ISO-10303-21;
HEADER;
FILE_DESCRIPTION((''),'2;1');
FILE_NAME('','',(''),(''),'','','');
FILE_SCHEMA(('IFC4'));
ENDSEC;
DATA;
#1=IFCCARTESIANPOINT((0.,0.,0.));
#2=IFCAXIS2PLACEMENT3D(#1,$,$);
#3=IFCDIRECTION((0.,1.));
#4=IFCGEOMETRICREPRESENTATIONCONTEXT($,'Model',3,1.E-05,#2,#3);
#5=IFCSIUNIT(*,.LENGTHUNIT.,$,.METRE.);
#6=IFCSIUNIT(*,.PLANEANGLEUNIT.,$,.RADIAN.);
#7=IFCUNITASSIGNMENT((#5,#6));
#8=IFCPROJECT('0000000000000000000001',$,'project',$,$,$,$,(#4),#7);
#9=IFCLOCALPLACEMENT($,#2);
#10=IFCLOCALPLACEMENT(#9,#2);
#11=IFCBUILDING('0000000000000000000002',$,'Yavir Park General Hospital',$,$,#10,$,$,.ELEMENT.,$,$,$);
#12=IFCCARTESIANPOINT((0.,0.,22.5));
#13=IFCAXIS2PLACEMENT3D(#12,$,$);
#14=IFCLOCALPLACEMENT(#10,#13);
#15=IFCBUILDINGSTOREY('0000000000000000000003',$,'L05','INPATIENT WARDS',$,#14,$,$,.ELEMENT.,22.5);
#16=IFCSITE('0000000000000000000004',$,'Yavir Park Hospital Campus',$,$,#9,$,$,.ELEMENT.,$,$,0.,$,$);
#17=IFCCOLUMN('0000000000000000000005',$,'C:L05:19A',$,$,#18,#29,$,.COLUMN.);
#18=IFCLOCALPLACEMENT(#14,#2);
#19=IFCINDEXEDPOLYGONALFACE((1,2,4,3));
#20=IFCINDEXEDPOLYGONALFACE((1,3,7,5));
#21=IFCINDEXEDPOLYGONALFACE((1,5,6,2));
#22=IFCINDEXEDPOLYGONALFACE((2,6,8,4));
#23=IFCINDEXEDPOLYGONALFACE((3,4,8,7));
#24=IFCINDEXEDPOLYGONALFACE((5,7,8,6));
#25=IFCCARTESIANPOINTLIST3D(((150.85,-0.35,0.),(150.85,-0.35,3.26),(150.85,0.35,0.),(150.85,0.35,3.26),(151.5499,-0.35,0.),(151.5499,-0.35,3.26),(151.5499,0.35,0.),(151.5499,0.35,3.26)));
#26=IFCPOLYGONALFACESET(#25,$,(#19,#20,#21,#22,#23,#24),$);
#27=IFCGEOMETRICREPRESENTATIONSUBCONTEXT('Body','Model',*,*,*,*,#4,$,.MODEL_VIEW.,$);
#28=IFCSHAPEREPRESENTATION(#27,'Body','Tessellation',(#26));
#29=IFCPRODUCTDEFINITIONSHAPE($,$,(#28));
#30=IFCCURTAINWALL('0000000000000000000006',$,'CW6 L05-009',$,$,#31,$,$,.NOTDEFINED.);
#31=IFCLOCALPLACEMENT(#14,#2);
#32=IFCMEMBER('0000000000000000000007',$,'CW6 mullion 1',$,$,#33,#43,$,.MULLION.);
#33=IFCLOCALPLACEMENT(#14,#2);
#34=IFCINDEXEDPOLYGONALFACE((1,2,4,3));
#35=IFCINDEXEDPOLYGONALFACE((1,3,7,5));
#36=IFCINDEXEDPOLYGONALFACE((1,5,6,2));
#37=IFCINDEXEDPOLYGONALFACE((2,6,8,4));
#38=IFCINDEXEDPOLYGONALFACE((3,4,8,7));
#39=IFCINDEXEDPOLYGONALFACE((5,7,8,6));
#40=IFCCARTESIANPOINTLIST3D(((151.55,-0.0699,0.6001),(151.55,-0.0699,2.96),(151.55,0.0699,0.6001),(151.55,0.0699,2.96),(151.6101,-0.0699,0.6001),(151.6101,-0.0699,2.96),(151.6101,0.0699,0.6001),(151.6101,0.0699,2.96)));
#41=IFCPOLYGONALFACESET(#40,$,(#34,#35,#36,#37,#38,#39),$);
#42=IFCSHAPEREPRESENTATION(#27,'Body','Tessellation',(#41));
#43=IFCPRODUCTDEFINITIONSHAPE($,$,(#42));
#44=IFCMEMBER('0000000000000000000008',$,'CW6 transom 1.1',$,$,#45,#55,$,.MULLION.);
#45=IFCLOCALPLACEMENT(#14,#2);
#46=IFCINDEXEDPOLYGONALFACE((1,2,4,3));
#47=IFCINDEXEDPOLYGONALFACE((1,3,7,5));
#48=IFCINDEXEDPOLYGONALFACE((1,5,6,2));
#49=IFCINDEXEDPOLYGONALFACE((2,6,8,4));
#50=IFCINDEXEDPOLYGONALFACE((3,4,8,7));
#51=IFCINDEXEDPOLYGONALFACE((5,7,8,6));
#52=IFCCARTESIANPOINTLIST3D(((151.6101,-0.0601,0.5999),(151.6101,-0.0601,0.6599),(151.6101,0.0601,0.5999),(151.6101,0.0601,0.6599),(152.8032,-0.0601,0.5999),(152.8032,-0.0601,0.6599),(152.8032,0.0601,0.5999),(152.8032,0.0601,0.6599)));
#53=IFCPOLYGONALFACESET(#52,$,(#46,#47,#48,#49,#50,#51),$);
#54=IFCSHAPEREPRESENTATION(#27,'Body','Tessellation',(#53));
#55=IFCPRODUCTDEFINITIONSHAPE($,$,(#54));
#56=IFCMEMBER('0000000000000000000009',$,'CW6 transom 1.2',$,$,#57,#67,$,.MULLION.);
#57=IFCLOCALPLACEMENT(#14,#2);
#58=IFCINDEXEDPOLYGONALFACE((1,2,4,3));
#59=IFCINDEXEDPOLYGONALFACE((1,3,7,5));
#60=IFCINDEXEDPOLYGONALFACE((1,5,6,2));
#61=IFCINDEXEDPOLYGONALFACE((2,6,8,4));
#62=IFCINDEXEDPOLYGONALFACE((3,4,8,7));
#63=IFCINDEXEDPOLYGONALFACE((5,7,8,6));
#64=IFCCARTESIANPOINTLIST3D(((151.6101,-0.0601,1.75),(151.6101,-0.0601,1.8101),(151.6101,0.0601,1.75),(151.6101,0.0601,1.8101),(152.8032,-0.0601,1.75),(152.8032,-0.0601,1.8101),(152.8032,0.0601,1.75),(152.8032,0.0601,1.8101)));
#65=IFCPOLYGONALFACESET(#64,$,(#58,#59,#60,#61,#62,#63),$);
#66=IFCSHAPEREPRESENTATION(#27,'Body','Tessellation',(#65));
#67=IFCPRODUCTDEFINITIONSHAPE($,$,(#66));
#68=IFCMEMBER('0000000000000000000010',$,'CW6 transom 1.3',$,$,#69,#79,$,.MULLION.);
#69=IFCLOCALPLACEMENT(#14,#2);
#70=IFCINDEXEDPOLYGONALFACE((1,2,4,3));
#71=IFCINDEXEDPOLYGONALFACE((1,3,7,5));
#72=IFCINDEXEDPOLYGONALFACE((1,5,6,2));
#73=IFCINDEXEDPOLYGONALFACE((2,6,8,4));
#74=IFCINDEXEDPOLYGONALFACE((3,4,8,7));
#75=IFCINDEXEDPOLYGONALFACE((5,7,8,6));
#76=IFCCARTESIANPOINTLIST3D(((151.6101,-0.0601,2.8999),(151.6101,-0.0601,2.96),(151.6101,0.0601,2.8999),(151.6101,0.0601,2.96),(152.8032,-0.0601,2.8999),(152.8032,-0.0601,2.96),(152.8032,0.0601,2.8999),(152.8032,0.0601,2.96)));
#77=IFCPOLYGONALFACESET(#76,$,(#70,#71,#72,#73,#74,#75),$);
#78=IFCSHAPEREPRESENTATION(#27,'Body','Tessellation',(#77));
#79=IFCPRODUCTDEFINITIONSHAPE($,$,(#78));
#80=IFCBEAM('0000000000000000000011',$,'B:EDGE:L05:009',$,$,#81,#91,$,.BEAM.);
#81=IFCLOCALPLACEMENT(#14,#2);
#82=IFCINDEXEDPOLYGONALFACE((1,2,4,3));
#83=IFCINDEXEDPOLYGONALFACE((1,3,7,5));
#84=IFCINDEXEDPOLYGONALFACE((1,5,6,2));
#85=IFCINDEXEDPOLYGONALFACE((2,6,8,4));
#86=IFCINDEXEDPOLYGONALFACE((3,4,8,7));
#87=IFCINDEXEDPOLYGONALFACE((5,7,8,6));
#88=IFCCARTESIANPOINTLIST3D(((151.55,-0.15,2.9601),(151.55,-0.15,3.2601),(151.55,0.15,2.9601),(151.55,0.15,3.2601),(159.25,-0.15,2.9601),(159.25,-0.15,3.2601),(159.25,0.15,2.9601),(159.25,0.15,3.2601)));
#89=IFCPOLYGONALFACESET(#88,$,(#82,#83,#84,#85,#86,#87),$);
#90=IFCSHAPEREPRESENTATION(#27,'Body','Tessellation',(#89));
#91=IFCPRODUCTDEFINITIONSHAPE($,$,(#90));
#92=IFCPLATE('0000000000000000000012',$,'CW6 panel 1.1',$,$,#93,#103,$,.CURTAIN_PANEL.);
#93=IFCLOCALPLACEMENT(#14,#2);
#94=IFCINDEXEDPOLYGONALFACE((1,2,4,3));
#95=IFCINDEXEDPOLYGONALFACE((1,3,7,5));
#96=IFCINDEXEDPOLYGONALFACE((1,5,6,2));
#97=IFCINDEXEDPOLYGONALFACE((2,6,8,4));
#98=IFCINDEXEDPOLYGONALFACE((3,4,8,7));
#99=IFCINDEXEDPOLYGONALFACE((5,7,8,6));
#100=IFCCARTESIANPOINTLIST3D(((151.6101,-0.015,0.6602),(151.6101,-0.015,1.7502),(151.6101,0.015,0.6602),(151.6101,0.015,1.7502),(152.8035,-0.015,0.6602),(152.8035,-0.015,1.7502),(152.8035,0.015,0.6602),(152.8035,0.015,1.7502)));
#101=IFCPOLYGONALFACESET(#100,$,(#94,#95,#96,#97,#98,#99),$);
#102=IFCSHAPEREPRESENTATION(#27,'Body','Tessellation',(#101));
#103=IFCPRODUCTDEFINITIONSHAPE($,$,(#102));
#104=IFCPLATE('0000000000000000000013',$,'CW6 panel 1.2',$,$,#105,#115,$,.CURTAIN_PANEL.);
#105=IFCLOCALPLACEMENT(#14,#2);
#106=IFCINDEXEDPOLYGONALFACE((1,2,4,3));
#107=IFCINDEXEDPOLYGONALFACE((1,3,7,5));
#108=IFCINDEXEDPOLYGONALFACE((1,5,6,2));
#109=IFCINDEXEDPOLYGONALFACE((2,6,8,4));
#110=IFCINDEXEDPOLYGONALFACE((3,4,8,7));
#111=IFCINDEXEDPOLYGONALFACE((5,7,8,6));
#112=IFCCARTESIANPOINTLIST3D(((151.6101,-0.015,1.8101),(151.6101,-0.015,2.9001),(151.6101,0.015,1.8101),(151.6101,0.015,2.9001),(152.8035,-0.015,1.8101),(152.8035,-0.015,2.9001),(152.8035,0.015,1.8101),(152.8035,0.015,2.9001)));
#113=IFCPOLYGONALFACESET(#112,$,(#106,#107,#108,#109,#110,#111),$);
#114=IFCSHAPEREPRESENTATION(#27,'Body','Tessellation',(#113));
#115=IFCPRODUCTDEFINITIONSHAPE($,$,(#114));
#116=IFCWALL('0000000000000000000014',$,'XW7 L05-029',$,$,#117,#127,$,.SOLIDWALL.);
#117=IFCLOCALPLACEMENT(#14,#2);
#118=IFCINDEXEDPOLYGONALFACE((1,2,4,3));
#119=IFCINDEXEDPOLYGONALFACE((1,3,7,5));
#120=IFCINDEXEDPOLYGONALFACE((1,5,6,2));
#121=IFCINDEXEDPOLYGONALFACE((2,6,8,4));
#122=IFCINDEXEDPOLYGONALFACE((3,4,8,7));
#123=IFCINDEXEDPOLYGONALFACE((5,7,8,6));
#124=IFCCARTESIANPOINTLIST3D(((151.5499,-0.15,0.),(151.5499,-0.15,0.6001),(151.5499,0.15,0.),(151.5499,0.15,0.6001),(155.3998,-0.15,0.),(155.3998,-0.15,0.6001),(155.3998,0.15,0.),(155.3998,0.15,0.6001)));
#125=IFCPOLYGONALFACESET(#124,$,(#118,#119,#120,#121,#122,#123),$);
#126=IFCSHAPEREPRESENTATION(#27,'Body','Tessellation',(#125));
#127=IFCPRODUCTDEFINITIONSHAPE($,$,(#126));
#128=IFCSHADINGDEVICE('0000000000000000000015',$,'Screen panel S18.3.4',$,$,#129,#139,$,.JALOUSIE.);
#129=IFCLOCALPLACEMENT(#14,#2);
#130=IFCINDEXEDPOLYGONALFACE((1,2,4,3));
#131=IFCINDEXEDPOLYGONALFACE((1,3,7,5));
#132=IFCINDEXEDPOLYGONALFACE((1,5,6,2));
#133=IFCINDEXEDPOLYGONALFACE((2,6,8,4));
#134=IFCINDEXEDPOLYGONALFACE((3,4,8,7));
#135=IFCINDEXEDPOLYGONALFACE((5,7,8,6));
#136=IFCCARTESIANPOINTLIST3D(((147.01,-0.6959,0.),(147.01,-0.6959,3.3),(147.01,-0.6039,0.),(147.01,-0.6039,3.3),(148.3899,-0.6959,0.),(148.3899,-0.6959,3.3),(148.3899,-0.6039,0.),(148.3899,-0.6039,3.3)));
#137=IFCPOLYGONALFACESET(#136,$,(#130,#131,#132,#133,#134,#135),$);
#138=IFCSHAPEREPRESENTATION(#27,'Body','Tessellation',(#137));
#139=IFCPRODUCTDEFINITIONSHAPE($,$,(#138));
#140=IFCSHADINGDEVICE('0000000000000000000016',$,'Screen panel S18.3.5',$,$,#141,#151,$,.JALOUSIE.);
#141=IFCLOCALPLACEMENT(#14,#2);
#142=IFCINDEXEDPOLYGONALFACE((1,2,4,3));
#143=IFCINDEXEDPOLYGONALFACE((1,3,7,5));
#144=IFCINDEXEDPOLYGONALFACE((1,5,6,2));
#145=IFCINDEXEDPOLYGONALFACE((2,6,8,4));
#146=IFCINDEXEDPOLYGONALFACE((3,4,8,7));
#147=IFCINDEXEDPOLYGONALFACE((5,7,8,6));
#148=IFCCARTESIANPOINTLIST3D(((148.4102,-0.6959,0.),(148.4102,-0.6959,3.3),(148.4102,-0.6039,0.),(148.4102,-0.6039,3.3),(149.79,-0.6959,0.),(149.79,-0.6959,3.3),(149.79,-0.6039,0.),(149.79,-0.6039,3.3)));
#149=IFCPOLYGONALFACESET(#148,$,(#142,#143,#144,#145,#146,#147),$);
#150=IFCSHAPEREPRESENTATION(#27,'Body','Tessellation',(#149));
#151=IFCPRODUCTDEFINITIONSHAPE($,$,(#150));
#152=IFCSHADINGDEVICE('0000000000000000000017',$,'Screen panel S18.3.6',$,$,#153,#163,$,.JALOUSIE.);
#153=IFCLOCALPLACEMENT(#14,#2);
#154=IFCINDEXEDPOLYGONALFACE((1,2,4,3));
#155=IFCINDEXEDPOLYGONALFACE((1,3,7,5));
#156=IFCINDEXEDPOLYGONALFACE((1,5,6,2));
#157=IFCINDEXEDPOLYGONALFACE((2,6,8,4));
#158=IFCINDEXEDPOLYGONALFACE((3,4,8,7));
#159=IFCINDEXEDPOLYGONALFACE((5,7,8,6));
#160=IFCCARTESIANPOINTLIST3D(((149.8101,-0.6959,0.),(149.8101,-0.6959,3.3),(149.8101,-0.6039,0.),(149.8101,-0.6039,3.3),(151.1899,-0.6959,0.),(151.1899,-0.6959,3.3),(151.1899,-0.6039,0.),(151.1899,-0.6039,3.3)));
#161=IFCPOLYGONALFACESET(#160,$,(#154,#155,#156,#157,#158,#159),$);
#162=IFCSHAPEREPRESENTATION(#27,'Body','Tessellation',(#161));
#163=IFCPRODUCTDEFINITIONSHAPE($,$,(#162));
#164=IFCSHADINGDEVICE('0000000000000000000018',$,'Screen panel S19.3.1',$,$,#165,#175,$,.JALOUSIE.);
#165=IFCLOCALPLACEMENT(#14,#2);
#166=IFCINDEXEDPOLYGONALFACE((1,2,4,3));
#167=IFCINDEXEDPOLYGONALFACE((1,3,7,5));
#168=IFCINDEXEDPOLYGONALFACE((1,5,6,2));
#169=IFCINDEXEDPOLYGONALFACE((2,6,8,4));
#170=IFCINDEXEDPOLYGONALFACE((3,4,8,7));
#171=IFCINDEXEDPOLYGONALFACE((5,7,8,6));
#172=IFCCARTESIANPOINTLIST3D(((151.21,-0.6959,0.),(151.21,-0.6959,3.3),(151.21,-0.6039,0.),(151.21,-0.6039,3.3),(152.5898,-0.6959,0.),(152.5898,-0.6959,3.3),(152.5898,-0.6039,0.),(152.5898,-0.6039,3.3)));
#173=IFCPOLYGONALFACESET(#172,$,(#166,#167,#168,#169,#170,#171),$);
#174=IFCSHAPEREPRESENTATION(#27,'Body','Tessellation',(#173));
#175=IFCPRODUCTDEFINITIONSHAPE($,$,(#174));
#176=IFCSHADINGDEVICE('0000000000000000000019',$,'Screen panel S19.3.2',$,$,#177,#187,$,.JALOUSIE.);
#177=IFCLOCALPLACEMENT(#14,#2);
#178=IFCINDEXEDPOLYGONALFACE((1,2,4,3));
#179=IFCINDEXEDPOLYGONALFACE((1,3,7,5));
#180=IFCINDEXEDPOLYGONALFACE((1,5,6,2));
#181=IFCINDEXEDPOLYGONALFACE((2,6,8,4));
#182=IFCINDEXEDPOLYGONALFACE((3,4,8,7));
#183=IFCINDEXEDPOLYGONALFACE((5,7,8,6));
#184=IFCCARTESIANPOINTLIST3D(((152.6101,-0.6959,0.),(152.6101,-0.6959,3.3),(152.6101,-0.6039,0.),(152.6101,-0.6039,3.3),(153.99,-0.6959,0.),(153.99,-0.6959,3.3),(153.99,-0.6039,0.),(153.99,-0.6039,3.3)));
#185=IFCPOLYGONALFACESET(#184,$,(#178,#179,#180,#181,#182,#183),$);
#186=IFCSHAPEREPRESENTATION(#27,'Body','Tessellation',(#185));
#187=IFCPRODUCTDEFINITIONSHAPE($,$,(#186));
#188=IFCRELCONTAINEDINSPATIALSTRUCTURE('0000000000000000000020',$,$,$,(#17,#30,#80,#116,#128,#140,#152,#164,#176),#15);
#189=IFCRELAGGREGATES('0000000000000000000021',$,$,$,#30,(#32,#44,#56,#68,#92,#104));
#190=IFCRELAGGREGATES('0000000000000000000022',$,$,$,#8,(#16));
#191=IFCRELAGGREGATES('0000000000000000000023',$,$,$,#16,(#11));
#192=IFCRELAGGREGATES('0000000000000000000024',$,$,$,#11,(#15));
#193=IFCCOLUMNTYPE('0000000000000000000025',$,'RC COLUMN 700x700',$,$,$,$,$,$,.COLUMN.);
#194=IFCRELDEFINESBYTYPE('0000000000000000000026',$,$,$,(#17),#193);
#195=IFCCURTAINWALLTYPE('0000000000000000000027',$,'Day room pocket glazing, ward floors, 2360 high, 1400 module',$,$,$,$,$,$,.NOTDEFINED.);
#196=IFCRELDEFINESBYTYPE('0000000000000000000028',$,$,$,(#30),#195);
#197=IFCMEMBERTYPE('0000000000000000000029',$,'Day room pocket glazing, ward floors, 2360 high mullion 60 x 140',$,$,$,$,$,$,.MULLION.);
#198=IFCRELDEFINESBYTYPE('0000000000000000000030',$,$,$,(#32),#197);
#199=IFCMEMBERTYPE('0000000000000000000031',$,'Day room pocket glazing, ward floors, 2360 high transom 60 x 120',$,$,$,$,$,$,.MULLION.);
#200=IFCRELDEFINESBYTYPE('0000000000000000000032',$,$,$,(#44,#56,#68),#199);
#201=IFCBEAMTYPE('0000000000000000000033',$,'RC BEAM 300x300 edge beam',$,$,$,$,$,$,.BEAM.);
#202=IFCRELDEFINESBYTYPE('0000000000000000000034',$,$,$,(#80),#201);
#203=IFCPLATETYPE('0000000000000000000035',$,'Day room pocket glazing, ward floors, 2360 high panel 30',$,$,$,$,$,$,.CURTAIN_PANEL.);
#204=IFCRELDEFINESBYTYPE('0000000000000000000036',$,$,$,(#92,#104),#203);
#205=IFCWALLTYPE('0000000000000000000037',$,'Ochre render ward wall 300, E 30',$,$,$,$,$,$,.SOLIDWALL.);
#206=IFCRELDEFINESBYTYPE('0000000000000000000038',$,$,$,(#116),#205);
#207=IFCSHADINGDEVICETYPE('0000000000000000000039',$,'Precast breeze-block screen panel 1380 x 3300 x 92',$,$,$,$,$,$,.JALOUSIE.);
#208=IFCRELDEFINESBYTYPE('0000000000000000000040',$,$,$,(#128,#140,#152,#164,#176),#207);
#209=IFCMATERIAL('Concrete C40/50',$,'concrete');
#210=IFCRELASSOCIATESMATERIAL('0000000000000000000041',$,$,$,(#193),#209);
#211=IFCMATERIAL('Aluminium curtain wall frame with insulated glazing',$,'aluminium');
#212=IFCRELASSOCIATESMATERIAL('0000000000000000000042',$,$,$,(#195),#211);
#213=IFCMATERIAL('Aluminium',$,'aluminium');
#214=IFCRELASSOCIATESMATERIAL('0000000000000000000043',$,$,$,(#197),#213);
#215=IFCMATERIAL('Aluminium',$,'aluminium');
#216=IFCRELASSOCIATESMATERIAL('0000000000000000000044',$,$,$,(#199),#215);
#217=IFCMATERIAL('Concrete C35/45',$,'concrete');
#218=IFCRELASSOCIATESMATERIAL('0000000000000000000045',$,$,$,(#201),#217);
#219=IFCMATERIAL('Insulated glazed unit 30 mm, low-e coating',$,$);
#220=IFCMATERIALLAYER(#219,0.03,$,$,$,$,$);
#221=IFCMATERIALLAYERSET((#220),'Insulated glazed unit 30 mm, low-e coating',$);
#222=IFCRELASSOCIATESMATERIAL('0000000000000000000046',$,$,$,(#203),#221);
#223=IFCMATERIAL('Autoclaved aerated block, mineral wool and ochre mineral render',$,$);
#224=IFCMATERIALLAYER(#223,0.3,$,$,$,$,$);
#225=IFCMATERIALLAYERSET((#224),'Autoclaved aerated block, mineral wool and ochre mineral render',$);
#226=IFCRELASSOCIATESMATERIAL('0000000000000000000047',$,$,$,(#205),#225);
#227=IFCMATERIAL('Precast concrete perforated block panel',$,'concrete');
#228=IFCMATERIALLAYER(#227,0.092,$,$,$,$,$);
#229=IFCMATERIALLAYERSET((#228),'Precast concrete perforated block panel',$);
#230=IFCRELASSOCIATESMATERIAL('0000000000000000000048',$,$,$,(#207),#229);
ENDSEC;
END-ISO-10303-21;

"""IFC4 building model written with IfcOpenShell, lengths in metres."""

from ifc_helpers import new_model, si_unit, direction, frame, frame_2d, origin, origin_2d, place, context, subcontext, project, spatial, rectangle, extrude, material, layer, layer_set, material_profile, profile_set, type_object, element, aggregate, save


model = new_model("IFC4")

# Units and contexts
model_context = context("Model", 3, precision=1e-05, world=origin(), true_north=direction((0.0, 1.0)))
body_context = subcontext(model_context, "Body", "Model", "MODEL_VIEW")
ifc_project = project(units=[si_unit("LENGTHUNIT", "METRE"), si_unit("PLANEANGLEUNIT", "RADIAN")], contexts=[model_context])

# Site, building, storey
site_placement = place(None, origin())
site = spatial("IfcSite", under=ifc_project, at=site_placement, Name="Yavir Park Hospital Campus", CompositionType="ELEMENT", RefElevation=0.0)
building_placement = place(site_placement, origin())
building = spatial("IfcBuilding", under=site, at=building_placement, Name="Yavir Park General Hospital", CompositionType="ELEMENT")
storey_placement = place(building_placement, frame((0.0, 0.0, 22.5)))
storey = spatial("IfcBuildingStorey", under=building, at=storey_placement, Name="L05", Description="INPATIENT WARDS", CompositionType="ELEMENT", Elevation=22.5)

# Column
ifc_material_1 = material(Name="Concrete C40/50", Category="concrete")
ifc_material_profile_1 = material_profile(ifc_material_1, rectangle(XDim=0.7, YDim=0.7, at=origin_2d()), Name="RC700x700")
ifc_profile_set_1 = profile_set([ifc_material_profile_1], Name="Concrete C40/50")
column_type = type_object("IfcColumnType", Name="RC COLUMN 700x700", PredefinedType="COLUMN", material=ifc_profile_set_1)
column_placement = place(storey_placement, frame((151.2, 0.0, 0.0), z_axis=(0.0, 0.0, 1.0), x_axis=(1.0, 0.0, 0.0)))
element("IfcColumn", 1, at=column_placement, inside=storey, type_object=column_type, Name="C:L05:19A", PredefinedType="COLUMN", context=body_context, shape_type="SweptSolid", body=[
    extrude(rectangle(XDim=0.7, YDim=0.7, at=origin_2d()), origin(), (0.0, 0.0, 1.0), 3.26),
])

# Curtain wall, members
ifc_material_2 = material(Name="Aluminium curtain wall frame with insulated glazing", Category="aluminium")
curtain_wall_type = type_object("IfcCurtainWallType", Name="Day room pocket glazing, ward floors, 2360 high, 1400 module", PredefinedType="NOTDEFINED", material=ifc_material_2)
curtain_wall_placement = place(storey_placement, origin())
curtain_wall = element("IfcCurtainWall", 2, at=curtain_wall_placement, inside=storey, type_object=curtain_wall_type, Name="CW6 L05-009", PredefinedType="NOTDEFINED")
ifc_material_3 = material(Name="Aluminium", Category="aluminium")
ifc_material_profile_2 = material_profile(ifc_material_3, rectangle(XDim=0.1399, YDim=0.0601, at=origin_2d()), Name="AL 60x140")
ifc_profile_set_2 = profile_set([ifc_material_profile_2], Name="Aluminium")
member_type_1 = type_object("IfcMemberType", Name="Day room pocket glazing, ward floors, 2360 high mullion 60 x 140", PredefinedType="MULLION", material=ifc_profile_set_2)
member_1_placement = place(storey_placement, frame((151.5801, 0.0, 0.6001), z_axis=(0.0, 0.0, 1.0), x_axis=(0.0, 1.0, 0.0)))
member_1 = element("IfcMember", 3, at=member_1_placement, type_object=member_type_1, Name="CW6 mullion 1", PredefinedType="MULLION", context=body_context, shape_type="SweptSolid", body=[
    extrude(rectangle(XDim=0.1399, YDim=0.0601, at=origin_2d()), origin(), (0.0, 0.0, 1.0), 2.3599),
])
ifc_material_4 = material(Name="Aluminium", Category="aluminium")
ifc_material_profile_3 = material_profile(ifc_material_4, rectangle(XDim=0.1201, YDim=0.0601, at=origin_2d()), Name="AL 120x60")
ifc_profile_set_3 = profile_set([ifc_material_profile_3], Name="Aluminium")
member_type_2 = type_object("IfcMemberType", Name="Day room pocket glazing, ward floors, 2360 high transom 60 x 120", PredefinedType="MULLION", material=ifc_profile_set_3)
member_2_placement = place(storey_placement, frame((151.6101, 0.0, 0.6299), z_axis=(1.0, 0.0, 0.0), x_axis=(0.0, 1.0, 0.0)))
member_2 = element("IfcMember", 4, at=member_2_placement, type_object=member_type_2, Name="CW6 transom 1.1", PredefinedType="MULLION", context=body_context, shape_type="SweptSolid", body=[
    extrude(rectangle(XDim=0.1201, YDim=0.0601, at=origin_2d()), origin(), (0.0, 0.0, 1.0), 1.1931),
])
member_3_placement = place(storey_placement, frame((151.6101, 0.0, 1.78), z_axis=(1.0, 0.0, 0.0), x_axis=(0.0, 1.0, 0.0)))
member_3 = element("IfcMember", 5, at=member_3_placement, type_object=member_type_2, Name="CW6 transom 1.2", PredefinedType="MULLION", context=body_context, shape_type="SweptSolid", body=[
    extrude(rectangle(XDim=0.1201, YDim=0.0601, at=origin_2d()), origin(), (0.0, 0.0, 1.0), 1.1931),
])
member_4_placement = place(storey_placement, frame((151.6101, 0.0, 2.9299), z_axis=(1.0, 0.0, 0.0), x_axis=(0.0, 1.0, 0.0)))
member_4 = element("IfcMember", 6, at=member_4_placement, type_object=member_type_2, Name="CW6 transom 1.3", PredefinedType="MULLION", context=body_context, shape_type="SweptSolid", body=[
    extrude(rectangle(XDim=0.1201, YDim=0.0601, at=origin_2d()), origin(), (0.0, 0.0, 1.0), 1.1931),
])

# Beam
ifc_material_5 = material(Name="Concrete C35/45", Category="concrete")
ifc_material_profile_4 = material_profile(ifc_material_5, rectangle(XDim=0.3, YDim=0.3, at=origin_2d()), Name="RC300x300")
ifc_profile_set_4 = profile_set([ifc_material_profile_4], Name="Concrete C35/45")
beam_type = type_object("IfcBeamType", Name="RC BEAM 300x300 edge beam", PredefinedType="BEAM", material=ifc_profile_set_4)
beam_placement = place(storey_placement, frame((151.55, 0.0, 3.1101), z_axis=(1.0, 0.0, 0.0), x_axis=(0.0, 1.0, 0.0)))
element("IfcBeam", 7, at=beam_placement, inside=storey, type_object=beam_type, Name="B:EDGE:L05:009", PredefinedType="BEAM", context=body_context, shape_type="SweptSolid", body=[
    extrude(rectangle(XDim=0.3, YDim=0.3, at=origin_2d()), origin(), (0.0, 0.0, 1.0), 7.7),
])

# Plates
ifc_material_6 = material(Name="Insulated glazed unit 30 mm, low-e coating")
ifc_layer_1 = layer(ifc_material_6, 0.03)
ifc_layer_set_1 = layer_set([ifc_layer_1], Name="Insulated glazed unit 30 mm, low-e coating")
plate_type = type_object("IfcPlateType", Name="Day room pocket glazing, ward floors, 2360 high panel 30", PredefinedType="CURTAIN_PANEL", material=ifc_layer_set_1)
plate_1_placement = place(storey_placement, frame((152.2068, 0.0, 0.6602), z_axis=(0.0, 0.0, 1.0), x_axis=(1.0, 0.0, 0.0)))
plate_1 = element("IfcPlate", 8, at=plate_1_placement, type_object=plate_type, Name="CW6 panel 1.1", PredefinedType="CURTAIN_PANEL", context=body_context, shape_type="SweptSolid", body=[
    extrude(rectangle(XDim=1.1934, YDim=0.03, at=origin_2d()), origin(), (0.0, 0.0, 1.0), 1.0901),
])
plate_2_placement = place(storey_placement, frame((152.2068, 0.0, 1.8101), z_axis=(0.0, 0.0, 1.0), x_axis=(1.0, 0.0, 0.0)))
plate_2 = element("IfcPlate", 9, at=plate_2_placement, type_object=plate_type, Name="CW6 panel 1.2", PredefinedType="CURTAIN_PANEL", context=body_context, shape_type="SweptSolid", body=[
    extrude(rectangle(XDim=1.1934, YDim=0.03, at=origin_2d()), origin(), (0.0, 0.0, 1.0), 1.0901),
])
aggregate(curtain_wall, [member_1, member_2, member_3, member_4, plate_1, plate_2])

# Wall
ifc_material_7 = material(Name="Autoclaved aerated block, mineral wool and ochre mineral render")
ifc_layer_2 = layer(ifc_material_7, 0.3)
ifc_layer_set_2 = layer_set([ifc_layer_2], Name="Autoclaved aerated block, mineral wool and ochre mineral render")
wall_type = type_object("IfcWallType", Name="Ochre render ward wall 300, E 30", PredefinedType="SOLIDWALL", material=ifc_layer_set_2)
wall_placement = place(storey_placement, frame((151.55, 0.0, 0.0), z_axis=(0.0, 0.0, 1.0), x_axis=(1.0, 0.0, 0.0)))
element("IfcWall", 10, at=wall_placement, inside=storey, type_object=wall_type, Name="XW7 L05-029", PredefinedType="SOLIDWALL", context=body_context, shape_type="SweptSolid", body=[
    extrude(rectangle(XDim=3.8499, YDim=0.3, at=frame_2d((1.9248, 0.0))), origin(), (0.0, 0.0, 1.0), 0.6001),
])

# Shading devices
ifc_material_8 = material(Name="Precast concrete perforated block panel", Category="concrete")
ifc_layer_3 = layer(ifc_material_8, 0.092)
ifc_layer_set_3 = layer_set([ifc_layer_3], Name="Precast concrete perforated block panel")
shading_device_type = type_object("IfcShadingDeviceType", Name="Precast breeze-block screen panel 1380 x 3300 x 92", PredefinedType="JALOUSIE", material=ifc_layer_set_3)
for number, where, z_axis, x_axis, name in (
    (11, (147.7, -0.6499, 0.0), (0.0, 0.0, 1.0), (1.0, 0.0, 0.0), "Screen panel S18.3.4"),
    (12, (149.1001, -0.6499, 0.0), (0.0, 0.0, 1.0), (1.0, 0.0, 0.0), "Screen panel S18.3.5"),
    (13, (150.5, -0.6499, 0.0), (0.0, 0.0, 1.0), (1.0, 0.0, 0.0), "Screen panel S18.3.6"),
    (14, (151.8999, -0.6499, 0.0), (0.0, 0.0, 1.0), (1.0, 0.0, 0.0), "Screen panel S19.3.1"),
    (15, (153.3, -0.6499, 0.0), (0.0, 0.0, 1.0), (1.0, 0.0, 0.0), "Screen panel S19.3.2"),
):
    element("IfcShadingDevice", number, at=place(storey_placement, frame(where, z_axis=z_axis, x_axis=x_axis)), inside=storey, type_object=shading_device_type, Name=name, PredefinedType="JALOUSIE", context=body_context, shape_type="SweptSolid", body=[
        extrude(rectangle(XDim=1.3799, YDim=0.092, at=origin_2d()), origin(), (0.0, 0.0, 1.0), 3.3),
    ])

save(model, "model.ifc")
